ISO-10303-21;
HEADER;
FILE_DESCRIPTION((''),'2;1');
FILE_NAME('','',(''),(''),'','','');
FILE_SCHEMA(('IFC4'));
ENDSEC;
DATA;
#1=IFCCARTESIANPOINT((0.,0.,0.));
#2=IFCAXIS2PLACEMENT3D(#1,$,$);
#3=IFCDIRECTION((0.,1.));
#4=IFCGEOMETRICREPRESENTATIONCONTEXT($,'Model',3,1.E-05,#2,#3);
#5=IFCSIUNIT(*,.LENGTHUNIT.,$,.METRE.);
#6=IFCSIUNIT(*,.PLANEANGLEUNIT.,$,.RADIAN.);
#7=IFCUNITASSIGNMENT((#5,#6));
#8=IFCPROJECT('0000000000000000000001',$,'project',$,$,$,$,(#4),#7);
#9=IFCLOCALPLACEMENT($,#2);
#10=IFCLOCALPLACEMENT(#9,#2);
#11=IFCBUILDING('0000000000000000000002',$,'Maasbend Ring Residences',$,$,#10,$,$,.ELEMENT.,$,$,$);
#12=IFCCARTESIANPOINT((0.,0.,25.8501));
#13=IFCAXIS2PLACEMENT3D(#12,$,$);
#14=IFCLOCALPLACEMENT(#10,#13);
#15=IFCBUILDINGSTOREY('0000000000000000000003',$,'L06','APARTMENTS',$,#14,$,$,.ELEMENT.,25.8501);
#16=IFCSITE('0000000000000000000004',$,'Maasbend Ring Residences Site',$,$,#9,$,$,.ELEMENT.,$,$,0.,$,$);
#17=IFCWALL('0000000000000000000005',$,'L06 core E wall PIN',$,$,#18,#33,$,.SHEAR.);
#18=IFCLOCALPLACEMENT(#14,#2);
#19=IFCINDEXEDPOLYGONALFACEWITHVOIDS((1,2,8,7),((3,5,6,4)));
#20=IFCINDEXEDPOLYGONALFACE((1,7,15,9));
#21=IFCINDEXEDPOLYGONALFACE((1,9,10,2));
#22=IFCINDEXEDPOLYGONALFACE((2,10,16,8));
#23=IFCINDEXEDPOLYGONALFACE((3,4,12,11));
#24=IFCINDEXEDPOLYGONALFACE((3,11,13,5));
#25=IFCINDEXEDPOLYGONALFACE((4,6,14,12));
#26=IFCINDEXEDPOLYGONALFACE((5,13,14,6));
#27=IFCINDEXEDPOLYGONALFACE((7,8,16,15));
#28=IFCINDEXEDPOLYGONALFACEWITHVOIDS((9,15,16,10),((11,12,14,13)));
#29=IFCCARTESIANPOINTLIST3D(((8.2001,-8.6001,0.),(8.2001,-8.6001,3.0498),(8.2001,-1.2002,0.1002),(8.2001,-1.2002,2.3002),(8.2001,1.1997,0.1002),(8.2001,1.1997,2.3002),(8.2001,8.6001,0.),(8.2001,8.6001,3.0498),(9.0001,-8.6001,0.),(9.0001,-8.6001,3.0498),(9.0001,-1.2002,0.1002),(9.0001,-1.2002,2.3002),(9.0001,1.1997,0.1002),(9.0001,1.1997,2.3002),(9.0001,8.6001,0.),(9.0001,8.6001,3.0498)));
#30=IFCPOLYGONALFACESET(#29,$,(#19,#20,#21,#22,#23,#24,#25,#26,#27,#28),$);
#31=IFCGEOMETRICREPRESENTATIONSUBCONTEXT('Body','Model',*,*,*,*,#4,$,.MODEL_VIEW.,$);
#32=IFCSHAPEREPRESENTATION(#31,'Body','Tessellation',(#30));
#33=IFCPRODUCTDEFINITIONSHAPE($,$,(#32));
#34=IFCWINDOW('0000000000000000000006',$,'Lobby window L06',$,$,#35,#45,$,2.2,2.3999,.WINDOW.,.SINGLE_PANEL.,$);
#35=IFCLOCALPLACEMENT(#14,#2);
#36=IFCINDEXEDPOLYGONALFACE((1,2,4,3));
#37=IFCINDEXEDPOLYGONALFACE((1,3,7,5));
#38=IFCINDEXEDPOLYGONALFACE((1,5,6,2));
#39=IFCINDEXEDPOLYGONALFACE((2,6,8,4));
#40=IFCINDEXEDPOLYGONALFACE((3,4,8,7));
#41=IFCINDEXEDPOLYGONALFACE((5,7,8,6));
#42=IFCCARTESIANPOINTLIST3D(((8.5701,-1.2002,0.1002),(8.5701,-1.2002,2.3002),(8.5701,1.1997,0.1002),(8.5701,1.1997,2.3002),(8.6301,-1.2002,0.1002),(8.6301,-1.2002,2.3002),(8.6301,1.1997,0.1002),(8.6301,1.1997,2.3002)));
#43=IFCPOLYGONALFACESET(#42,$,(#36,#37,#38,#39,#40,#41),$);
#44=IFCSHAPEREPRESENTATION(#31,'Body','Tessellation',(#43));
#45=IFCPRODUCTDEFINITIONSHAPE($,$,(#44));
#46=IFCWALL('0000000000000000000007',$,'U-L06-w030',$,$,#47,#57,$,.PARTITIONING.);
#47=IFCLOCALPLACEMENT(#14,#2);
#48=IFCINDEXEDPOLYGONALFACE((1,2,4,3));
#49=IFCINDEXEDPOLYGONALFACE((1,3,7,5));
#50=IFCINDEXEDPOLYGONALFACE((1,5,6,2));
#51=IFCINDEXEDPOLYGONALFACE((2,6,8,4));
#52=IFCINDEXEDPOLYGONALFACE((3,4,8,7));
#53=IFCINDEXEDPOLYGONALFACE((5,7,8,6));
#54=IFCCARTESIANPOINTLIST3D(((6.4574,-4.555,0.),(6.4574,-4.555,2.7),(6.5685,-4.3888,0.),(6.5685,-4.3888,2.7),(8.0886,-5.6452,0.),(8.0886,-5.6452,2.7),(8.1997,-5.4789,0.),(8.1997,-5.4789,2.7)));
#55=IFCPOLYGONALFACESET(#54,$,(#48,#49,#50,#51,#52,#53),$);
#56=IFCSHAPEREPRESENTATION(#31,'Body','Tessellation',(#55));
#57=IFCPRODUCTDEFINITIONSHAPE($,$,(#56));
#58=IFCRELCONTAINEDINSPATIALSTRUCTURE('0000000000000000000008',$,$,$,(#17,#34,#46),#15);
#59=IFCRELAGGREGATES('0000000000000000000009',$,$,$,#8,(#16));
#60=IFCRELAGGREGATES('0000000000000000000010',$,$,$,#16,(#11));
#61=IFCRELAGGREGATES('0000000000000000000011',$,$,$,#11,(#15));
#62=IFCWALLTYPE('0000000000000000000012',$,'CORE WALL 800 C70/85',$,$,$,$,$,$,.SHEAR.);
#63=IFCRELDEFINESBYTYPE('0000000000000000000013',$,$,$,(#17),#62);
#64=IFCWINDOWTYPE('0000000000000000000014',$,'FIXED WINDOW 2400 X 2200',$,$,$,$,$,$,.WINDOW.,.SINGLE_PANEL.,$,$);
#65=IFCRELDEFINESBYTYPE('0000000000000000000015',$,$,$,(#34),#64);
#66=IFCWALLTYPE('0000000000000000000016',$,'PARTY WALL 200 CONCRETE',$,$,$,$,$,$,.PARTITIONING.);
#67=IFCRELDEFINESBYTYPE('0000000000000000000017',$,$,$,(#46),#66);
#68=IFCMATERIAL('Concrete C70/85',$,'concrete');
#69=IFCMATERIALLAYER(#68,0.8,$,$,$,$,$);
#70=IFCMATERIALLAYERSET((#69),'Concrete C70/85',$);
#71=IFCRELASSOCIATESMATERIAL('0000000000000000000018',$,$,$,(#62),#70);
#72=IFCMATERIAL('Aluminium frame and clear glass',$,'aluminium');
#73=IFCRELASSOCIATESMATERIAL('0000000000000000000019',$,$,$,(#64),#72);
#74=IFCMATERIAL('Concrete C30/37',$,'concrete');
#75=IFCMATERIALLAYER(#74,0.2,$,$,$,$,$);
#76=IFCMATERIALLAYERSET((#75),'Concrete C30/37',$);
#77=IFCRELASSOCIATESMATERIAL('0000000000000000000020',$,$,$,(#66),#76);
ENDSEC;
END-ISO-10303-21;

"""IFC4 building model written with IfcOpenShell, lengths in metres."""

from ifc_helpers import new_model, si_unit, direction, frame, frame_2d, origin, place, context, subcontext, project, spatial, rectangle, extrude, material, layer, layer_set, type_object, element, fill, save


model = new_model("IFC4")

# Units and contexts
model_context = context("Model", 3, precision=1e-05, world=origin(), true_north=direction((0.0, 1.0)))
body_context = subcontext(model_context, "Body", "Model", "MODEL_VIEW")
ifc_project = project(units=[si_unit("LENGTHUNIT", "METRE"), si_unit("PLANEANGLEUNIT", "RADIAN")], contexts=[model_context])

# Site, building, storey
site_placement = place(None, origin())
site = spatial("IfcSite", under=ifc_project, at=site_placement, Name="Maasbend Ring Residences Site", CompositionType="ELEMENT", RefElevation=0.0)
building_placement = place(site_placement, origin())
building = spatial("IfcBuilding", under=site, at=building_placement, Name="Maasbend Ring Residences", CompositionType="ELEMENT")
storey_placement = place(building_placement, frame((0.0, 0.0, 25.8501)))
storey = spatial("IfcBuildingStorey", under=building, at=storey_placement, Name="L06", Description="APARTMENTS", CompositionType="ELEMENT", Elevation=25.8501)

# Shared definitions
ifc_material_1 = material(Name="Concrete C70/85", Category="concrete")
ifc_layer_1 = layer(ifc_material_1, 0.8)
ifc_layer_set_1 = layer_set([ifc_layer_1], Name="Concrete C70/85")
wall_type_1 = type_object("IfcWallType", Name="CORE WALL 800 C70/85", PredefinedType="SHEAR", material=ifc_layer_set_1)

# Wall, opening, window
wall_1_placement = place(storey_placement, frame((8.6001, -8.6001, 0.0), z_axis=(0.0, 0.0, 1.0), x_axis=(0.0, 1.0, 0.0)))
wall_1 = element("IfcWall", 1, at=wall_1_placement, inside=storey, type_object=wall_type_1, Name="L06 core E wall PIN", PredefinedType="SHEAR", context=body_context, shape_type="SweptSolid", body=[
    extrude(rectangle(XDim=17.2002, YDim=0.8, at=frame_2d((8.6001, 0.0))), origin(), (0.0, 0.0, 1.0), 3.0498),
])
opening_1_placement = place(wall_1_placement, frame((7.3999, 0.0, 0.1001)))
opening_1 = element("IfcOpeningElement", 2, at=opening_1_placement, cuts=wall_1, PredefinedType="OPENING", context=body_context, shape_type="SweptSolid", body=[
    extrude(rectangle(XDim=2.3999, YDim=2.2, at=frame_2d((1.2, 1.1001))), frame((0.0, 0.4102, 0.0), z_axis=(0.0, -1.0, 0.0), x_axis=(1.0, 0.0, 0.0)), (0.0, 0.0, 1.0), 0.8201),
])
ifc_material_2 = material(Name="Aluminium frame and clear glass", Category="aluminium")
window_type = type_object("IfcWindowType", Name="FIXED WINDOW 2400 X 2200", PartitioningType="SINGLE_PANEL", PredefinedType="WINDOW", material=ifc_material_2)
window_placement = place(opening_1_placement, origin())
window = element("IfcWindow", 3, at=window_placement, inside=storey, type_object=window_type, Name="Lobby window L06", OverallHeight=2.2, OverallWidth=2.3999, PartitioningType="SINGLE_PANEL", PredefinedType="WINDOW", context=body_context, shape_type="SweptSolid", body=[
    extrude(rectangle(XDim=2.3999, YDim=2.2, at=frame_2d((1.2, 1.1001))), frame((0.0, 0.03, 0.0), z_axis=(0.0, -1.0, 0.0), x_axis=(1.0, 0.0, 0.0)), (0.0, 0.0, 1.0), 0.0601),
])
fill(opening_1, window)

# Wall
ifc_material_3 = material(Name="Concrete C30/37", Category="concrete")
ifc_layer_2 = layer(ifc_material_3, 0.2)
ifc_layer_set_2 = layer_set([ifc_layer_2], Name="Concrete C30/37")
wall_type_2 = type_object("IfcWallType", Name="PARTY WALL 200 CONCRETE", PredefinedType="PARTITIONING", material=ifc_layer_set_2)
wall_2_placement = place(storey_placement, frame((6.5129, -4.4719, 0.0), z_axis=(0.0, 0.0, 1.0), x_axis=(0.831418, -0.555648, 0.0)))
element("IfcWall", 4, at=wall_2_placement, inside=storey, type_object=wall_type_2, Name="U-L06-w030", PredefinedType="PARTITIONING", context=body_context, shape_type="SweptSolid", body=[
    extrude(rectangle(XDim=1.9619, YDim=0.2, at=frame_2d((0.981, 0.0))), origin(), (0.0, 0.0, 1.0), 2.7),
])

save(model, "model.ifc")
